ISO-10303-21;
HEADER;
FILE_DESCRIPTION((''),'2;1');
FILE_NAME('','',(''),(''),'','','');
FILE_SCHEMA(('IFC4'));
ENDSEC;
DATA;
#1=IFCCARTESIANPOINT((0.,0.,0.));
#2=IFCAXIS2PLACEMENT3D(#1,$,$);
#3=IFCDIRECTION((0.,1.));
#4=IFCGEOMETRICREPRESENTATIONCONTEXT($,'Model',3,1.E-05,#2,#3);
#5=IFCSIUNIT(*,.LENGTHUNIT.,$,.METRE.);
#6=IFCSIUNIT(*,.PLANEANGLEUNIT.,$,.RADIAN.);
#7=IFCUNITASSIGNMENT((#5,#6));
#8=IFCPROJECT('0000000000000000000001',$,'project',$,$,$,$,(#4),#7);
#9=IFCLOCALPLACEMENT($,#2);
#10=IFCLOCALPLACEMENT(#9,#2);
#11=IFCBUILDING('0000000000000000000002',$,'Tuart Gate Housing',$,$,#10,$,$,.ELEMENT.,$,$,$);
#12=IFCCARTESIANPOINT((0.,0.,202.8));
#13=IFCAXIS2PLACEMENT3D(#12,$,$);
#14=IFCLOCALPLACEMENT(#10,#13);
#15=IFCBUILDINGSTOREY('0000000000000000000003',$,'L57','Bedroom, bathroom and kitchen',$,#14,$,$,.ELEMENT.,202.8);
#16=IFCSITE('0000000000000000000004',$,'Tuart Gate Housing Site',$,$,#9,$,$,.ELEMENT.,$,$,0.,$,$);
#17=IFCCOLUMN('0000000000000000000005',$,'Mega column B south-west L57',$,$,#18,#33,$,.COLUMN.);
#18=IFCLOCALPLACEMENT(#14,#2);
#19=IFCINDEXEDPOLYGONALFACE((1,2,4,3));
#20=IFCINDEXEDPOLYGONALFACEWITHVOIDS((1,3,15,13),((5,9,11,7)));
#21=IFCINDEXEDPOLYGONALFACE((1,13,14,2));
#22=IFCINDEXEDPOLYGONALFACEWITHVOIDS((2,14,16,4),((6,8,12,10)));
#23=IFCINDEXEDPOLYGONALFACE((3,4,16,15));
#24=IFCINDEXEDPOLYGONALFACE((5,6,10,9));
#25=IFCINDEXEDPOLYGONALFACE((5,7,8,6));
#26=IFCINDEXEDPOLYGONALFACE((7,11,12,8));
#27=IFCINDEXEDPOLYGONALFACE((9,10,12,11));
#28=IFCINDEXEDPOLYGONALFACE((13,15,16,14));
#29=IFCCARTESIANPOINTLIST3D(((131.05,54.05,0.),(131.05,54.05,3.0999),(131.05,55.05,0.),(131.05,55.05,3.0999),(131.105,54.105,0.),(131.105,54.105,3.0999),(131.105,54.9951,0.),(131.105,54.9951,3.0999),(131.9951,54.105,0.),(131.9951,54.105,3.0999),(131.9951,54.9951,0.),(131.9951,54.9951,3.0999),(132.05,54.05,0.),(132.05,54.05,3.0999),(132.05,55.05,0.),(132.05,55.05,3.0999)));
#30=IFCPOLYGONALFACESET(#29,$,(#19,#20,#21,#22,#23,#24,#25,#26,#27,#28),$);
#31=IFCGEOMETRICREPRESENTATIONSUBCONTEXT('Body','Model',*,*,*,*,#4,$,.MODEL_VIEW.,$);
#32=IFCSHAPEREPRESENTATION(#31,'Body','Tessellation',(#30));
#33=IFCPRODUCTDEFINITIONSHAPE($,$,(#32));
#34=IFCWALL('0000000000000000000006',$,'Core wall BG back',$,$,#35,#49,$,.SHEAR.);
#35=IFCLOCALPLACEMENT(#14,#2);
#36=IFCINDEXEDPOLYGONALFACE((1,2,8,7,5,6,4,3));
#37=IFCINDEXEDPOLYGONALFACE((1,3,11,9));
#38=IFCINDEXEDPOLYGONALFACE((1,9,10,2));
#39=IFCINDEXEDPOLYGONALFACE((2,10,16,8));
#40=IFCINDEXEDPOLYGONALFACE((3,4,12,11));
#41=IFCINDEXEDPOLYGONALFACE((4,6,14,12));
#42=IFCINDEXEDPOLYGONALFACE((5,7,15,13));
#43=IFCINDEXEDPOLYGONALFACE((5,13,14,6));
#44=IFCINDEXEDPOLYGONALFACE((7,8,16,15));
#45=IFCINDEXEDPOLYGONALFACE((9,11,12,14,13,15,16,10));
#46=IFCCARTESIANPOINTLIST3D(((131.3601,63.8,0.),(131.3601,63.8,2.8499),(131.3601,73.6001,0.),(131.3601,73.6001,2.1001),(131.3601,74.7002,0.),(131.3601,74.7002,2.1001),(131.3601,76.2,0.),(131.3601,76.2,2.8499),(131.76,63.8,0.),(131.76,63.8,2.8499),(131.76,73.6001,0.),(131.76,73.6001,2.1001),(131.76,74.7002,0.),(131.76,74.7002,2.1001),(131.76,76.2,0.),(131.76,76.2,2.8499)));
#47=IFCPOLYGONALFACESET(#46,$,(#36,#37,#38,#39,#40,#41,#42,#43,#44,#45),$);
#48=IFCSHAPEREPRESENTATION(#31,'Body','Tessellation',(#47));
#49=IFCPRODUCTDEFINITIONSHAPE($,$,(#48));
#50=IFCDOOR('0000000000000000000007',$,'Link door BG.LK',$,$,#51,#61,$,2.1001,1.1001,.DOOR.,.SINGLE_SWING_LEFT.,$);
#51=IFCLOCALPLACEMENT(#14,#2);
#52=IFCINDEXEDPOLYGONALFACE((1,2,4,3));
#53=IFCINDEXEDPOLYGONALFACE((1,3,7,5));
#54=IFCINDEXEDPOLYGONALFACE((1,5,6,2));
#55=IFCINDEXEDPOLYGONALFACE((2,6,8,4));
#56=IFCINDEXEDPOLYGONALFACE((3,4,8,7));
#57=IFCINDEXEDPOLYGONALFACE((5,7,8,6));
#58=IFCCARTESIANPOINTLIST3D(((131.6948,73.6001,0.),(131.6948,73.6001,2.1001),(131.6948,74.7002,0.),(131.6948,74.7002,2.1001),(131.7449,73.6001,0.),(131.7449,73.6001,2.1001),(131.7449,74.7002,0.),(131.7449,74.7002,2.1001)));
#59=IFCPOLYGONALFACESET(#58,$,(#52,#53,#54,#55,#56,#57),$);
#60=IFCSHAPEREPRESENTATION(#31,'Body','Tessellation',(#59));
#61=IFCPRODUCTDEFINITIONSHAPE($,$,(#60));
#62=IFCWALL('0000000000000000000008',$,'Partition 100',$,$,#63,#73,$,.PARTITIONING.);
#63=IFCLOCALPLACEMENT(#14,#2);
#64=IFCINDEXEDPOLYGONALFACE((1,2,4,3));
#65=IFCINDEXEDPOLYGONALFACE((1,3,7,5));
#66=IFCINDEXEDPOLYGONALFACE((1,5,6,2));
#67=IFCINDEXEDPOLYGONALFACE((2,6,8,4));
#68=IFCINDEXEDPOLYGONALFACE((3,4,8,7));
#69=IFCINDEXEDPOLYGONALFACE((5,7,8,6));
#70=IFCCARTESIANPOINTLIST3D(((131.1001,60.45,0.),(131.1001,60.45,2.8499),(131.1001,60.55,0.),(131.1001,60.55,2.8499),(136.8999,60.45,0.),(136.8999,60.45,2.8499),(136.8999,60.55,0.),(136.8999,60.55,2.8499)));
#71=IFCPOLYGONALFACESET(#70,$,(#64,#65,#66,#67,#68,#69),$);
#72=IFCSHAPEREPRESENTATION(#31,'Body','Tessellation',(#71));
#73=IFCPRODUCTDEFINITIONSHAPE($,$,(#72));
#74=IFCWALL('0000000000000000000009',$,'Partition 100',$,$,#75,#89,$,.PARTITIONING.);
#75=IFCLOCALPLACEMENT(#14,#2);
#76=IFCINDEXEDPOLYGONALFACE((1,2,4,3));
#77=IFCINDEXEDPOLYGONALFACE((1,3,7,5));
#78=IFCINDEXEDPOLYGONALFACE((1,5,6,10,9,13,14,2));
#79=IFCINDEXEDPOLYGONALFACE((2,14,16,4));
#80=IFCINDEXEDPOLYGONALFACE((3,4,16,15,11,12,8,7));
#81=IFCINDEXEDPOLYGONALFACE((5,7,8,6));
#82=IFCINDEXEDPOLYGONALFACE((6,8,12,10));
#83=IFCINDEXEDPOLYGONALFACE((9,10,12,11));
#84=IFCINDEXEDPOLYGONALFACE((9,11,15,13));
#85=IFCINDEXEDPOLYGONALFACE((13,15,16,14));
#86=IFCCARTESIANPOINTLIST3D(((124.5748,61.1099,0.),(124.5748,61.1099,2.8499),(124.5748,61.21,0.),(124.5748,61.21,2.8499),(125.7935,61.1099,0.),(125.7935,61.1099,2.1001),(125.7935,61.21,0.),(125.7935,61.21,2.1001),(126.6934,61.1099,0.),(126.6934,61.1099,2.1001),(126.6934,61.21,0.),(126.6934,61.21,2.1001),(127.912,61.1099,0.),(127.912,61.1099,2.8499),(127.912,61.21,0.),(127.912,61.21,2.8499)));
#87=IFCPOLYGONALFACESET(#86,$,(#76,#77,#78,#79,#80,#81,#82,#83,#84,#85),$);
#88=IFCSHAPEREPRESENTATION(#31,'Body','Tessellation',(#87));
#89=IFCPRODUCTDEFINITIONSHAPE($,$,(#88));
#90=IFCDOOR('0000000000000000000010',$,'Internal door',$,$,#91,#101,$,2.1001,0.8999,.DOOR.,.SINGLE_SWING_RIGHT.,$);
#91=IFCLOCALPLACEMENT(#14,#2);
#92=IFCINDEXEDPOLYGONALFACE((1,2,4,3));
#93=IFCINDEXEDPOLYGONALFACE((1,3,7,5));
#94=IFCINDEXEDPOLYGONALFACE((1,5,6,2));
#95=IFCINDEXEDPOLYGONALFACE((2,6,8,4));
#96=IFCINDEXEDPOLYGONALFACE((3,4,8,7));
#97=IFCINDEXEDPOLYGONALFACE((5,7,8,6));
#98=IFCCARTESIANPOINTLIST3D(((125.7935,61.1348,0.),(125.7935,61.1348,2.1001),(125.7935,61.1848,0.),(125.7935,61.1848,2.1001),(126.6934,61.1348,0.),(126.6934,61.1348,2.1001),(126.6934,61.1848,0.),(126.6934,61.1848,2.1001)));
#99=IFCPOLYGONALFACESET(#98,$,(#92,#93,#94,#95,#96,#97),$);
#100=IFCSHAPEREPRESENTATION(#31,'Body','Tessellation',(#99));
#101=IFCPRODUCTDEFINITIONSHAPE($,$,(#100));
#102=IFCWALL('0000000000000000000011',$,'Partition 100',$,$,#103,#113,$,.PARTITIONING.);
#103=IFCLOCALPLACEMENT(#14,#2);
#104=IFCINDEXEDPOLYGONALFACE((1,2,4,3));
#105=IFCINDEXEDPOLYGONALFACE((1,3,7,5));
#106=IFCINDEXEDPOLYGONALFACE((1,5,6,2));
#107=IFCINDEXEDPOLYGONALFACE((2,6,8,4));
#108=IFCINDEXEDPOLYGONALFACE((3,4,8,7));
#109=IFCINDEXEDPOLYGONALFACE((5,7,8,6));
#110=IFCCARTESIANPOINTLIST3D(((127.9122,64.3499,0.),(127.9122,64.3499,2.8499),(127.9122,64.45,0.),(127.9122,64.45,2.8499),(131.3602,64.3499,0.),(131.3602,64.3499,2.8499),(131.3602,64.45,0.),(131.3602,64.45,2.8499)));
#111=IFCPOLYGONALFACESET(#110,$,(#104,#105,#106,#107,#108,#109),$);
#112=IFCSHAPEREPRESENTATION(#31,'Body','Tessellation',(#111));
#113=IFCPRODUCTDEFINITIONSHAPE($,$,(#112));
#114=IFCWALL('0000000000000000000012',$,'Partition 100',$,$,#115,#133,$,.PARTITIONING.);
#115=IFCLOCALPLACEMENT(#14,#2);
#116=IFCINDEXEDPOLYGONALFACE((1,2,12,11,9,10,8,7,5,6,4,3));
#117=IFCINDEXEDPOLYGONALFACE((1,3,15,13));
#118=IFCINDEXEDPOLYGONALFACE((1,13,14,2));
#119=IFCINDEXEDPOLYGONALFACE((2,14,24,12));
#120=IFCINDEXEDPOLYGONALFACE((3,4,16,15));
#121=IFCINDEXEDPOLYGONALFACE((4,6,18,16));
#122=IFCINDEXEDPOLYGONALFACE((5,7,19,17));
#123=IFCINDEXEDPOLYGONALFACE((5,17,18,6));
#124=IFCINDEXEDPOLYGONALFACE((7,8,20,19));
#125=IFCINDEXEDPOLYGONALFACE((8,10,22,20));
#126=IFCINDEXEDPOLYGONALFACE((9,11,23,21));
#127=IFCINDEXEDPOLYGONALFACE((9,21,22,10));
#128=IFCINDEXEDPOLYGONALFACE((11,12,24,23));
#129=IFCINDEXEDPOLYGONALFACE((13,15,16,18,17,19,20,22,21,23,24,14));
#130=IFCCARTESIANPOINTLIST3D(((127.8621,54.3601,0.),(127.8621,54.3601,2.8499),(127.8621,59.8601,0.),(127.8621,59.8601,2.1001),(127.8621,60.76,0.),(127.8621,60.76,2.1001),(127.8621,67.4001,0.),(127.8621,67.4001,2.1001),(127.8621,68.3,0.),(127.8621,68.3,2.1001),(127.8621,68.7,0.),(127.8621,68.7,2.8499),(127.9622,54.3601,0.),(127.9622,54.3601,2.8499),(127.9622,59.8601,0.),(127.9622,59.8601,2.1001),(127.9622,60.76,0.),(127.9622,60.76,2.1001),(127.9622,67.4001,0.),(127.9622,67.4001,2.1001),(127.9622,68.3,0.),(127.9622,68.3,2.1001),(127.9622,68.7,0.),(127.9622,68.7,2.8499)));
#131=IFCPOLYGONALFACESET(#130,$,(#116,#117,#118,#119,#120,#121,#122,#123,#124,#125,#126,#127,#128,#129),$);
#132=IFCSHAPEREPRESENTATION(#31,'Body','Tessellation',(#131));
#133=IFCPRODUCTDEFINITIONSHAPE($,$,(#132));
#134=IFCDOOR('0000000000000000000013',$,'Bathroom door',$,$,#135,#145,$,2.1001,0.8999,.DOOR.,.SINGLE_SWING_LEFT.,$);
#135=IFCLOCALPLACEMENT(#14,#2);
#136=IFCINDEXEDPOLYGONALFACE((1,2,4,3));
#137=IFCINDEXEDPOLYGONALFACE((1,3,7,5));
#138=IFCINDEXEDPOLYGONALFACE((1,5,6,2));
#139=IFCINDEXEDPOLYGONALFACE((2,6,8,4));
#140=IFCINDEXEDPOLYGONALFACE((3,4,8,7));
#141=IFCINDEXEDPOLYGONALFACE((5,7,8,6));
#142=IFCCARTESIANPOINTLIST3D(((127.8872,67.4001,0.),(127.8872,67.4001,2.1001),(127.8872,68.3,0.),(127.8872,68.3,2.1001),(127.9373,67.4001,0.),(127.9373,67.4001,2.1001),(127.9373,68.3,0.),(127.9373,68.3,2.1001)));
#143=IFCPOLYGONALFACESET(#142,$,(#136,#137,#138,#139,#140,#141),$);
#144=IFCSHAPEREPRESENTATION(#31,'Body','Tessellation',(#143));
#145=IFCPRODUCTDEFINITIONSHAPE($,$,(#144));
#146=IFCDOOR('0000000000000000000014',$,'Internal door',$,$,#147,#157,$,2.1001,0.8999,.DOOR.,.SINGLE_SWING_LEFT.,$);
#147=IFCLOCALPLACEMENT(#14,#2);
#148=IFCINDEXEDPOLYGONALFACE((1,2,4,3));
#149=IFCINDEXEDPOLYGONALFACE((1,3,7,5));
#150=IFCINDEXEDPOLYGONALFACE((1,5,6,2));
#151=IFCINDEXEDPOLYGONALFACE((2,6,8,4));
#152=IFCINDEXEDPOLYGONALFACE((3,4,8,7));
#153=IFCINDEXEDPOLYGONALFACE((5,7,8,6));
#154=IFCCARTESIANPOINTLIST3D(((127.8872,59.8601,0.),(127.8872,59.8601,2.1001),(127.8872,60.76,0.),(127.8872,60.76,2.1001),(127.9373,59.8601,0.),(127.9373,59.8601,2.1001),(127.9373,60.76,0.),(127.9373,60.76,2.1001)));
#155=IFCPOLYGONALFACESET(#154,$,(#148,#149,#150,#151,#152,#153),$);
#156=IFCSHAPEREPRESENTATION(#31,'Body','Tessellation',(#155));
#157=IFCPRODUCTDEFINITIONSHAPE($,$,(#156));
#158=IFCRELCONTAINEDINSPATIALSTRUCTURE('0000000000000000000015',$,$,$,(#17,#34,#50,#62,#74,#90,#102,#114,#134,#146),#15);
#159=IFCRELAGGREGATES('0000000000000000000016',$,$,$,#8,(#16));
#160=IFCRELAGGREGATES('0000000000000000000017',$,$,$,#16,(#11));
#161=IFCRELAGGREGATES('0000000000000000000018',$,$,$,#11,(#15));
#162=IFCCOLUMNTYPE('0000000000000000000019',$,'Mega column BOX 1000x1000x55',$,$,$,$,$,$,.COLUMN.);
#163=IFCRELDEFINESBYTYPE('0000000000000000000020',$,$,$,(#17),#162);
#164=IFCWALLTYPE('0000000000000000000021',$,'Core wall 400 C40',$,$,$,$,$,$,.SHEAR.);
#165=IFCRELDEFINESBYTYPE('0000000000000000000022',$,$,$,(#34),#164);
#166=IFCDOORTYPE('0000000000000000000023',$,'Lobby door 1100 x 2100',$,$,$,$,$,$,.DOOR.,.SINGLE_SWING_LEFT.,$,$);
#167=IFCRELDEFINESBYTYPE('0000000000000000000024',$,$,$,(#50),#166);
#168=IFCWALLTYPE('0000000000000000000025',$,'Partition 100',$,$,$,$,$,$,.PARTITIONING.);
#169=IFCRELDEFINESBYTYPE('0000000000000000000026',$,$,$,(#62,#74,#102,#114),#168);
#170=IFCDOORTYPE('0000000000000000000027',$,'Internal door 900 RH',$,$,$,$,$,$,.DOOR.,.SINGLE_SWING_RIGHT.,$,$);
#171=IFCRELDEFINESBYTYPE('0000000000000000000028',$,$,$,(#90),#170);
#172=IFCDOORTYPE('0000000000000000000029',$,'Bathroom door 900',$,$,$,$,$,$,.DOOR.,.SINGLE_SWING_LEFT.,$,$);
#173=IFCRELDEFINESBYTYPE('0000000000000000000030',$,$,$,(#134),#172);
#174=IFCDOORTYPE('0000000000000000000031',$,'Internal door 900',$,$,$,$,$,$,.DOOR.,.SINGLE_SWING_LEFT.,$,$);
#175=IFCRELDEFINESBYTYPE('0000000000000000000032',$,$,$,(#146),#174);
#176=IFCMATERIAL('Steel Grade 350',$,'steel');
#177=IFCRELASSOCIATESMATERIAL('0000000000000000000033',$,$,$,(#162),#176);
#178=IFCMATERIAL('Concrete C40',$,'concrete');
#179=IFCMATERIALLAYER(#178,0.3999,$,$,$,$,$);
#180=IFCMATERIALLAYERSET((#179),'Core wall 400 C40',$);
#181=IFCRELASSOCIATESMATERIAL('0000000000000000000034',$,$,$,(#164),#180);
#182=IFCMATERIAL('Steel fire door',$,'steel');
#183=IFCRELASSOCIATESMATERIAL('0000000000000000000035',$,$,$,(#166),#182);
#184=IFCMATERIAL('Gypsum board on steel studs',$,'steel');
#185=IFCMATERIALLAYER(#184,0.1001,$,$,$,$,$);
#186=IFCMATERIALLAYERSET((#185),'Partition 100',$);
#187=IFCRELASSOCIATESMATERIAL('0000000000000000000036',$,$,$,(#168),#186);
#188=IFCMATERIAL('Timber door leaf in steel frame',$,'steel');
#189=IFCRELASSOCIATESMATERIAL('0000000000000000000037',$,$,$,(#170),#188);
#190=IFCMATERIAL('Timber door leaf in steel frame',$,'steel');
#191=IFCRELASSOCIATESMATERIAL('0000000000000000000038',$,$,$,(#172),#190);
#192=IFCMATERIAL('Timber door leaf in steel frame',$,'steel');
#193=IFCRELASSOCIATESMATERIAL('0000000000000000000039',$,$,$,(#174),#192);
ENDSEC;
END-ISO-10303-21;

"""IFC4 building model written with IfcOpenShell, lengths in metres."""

from ifc_helpers import new_model, si_unit, direction, frame, frame_2d, origin, origin_2d, place, context, subcontext, project, spatial, rectangle, hollow_rectangle, extrude, material, layer, layer_set, material_profile, profile_set, type_object, element, fill, save


model = new_model("IFC4")

# Units and contexts
model_context = context("Model", 3, precision=1e-05, world=origin(), true_north=direction((0.0, 1.0)))
body_context = subcontext(model_context, "Body", "Model", "MODEL_VIEW")
ifc_project = project(units=[si_unit("LENGTHUNIT", "METRE"), si_unit("PLANEANGLEUNIT", "RADIAN")], contexts=[model_context])

# Site, building, storey
site_placement = place(None, origin())
site = spatial("IfcSite", under=ifc_project, at=site_placement, Name="Tuart Gate Housing Site", CompositionType="ELEMENT", RefElevation=0.0)
building_placement = place(site_placement, origin())
building = spatial("IfcBuilding", under=site, at=building_placement, Name="Tuart Gate Housing", CompositionType="ELEMENT")
storey_placement = place(building_placement, frame((0.0, 0.0, 202.8)))
storey = spatial("IfcBuildingStorey", under=building, at=storey_placement, Name="L57", Description="Bedroom, bathroom and kitchen", CompositionType="ELEMENT", Elevation=202.8)

# Column
ifc_material_1 = material(Name="Steel Grade 350", Category="steel")
ifc_material_profile = material_profile(ifc_material_1, hollow_rectangle(XDim=1.0, YDim=1.0, WallThickness=0.0549, at=origin_2d()), Name="BOX 1000x1000x55")
ifc_profile_set = profile_set([ifc_material_profile], Name="Steel Grade 350")
column_type = type_object("IfcColumnType", Name="Mega column BOX 1000x1000x55", PredefinedType="COLUMN", material=ifc_profile_set)
column_placement = place(storey_placement, frame((131.55, 54.55, 0.0), z_axis=(0.0, 0.0, 1.0), x_axis=(1.0, 0.0, 0.0)))
element("IfcColumn", 1, at=column_placement, inside=storey, type_object=column_type, Name="Mega column B south-west L57", PredefinedType="COLUMN", context=body_context, shape_type="SweptSolid", body=[
    extrude(hollow_rectangle(XDim=1.0, YDim=1.0, WallThickness=0.0549, at=origin_2d()), origin(), (0.0, 0.0, 1.0), 3.0999),
])

# Wall, opening, door
ifc_material_2 = material(Name="Concrete C40", Category="concrete")
ifc_layer_1 = layer(ifc_material_2, 0.3999)
ifc_layer_set_1 = layer_set([ifc_layer_1], Name="Core wall 400 C40")
wall_type_1 = type_object("IfcWallType", Name="Core wall 400 C40", PredefinedType="SHEAR", material=ifc_layer_set_1)
wall_1_placement = place(storey_placement, frame((131.5601, 63.8, 0.0), z_axis=(0.0, 0.0, 1.0), x_axis=(0.0, 1.0, 0.0)))
wall_1 = element("IfcWall", 2, at=wall_1_placement, inside=storey, type_object=wall_type_1, Name="Core wall BG back", PredefinedType="SHEAR", context=body_context, shape_type="SweptSolid", body=[
    extrude(rectangle(XDim=12.3999, YDim=0.3999, at=frame_2d((6.2, 0.0))), origin(), (0.0, 0.0, 1.0), 2.8499),
])
opening_1_placement = place(wall_1_placement, frame((9.8, 0.0, 0.0)))
opening_1 = element("IfcOpeningElement", 3, at=opening_1_placement, cuts=wall_1, PredefinedType="OPENING", context=body_context, shape_type="SweptSolid", body=[
    extrude(rectangle(XDim=1.1001, YDim=2.1001, at=frame_2d((0.55, 1.05))), frame((0.0, 0.21, 0.0), z_axis=(0.0, -1.0, 0.0), x_axis=(1.0, 0.0, 0.0)), (0.0, 0.0, 1.0), 0.4199),
])
ifc_material_3 = material(Name="Steel fire door", Category="steel")
door_type_1 = type_object("IfcDoorType", Name="Lobby door 1100 x 2100", OperationType="SINGLE_SWING_LEFT", PredefinedType="DOOR", material=ifc_material_3)
door_1_placement = place(opening_1_placement, frame((1.1001, 0.0, 0.0), z_axis=(0.0, 0.0, 1.0), x_axis=(-1.0, 0.0, 0.0)))
door_1 = element("IfcDoor", 4, at=door_1_placement, inside=storey, type_object=door_type_1, Name="Link door BG.LK", OperationType="SINGLE_SWING_LEFT", OverallHeight=2.1001, OverallWidth=1.1001, PredefinedType="DOOR", context=body_context, shape_type="SweptSolid", body=[
    extrude(rectangle(XDim=1.1001, YDim=2.1001, at=frame_2d((0.55, 1.05))), frame((0.0, 0.1848, 0.0), z_axis=(0.0, -1.0, 0.0), x_axis=(1.0, 0.0, 0.0)), (0.0, 0.0, 1.0), 0.05),
])
fill(opening_1, door_1)

# Wall
ifc_material_4 = material(Name="Gypsum board on steel studs", Category="steel")
ifc_layer_2 = layer(ifc_material_4, 0.1001)
ifc_layer_set_2 = layer_set([ifc_layer_2], Name="Partition 100")
wall_type_2 = type_object("IfcWallType", Name="Partition 100", PredefinedType="PARTITIONING", material=ifc_layer_set_2)
wall_2_placement = place(storey_placement, frame((131.1001, 60.5, 0.0), z_axis=(0.0, 0.0, 1.0), x_axis=(1.0, 0.0, 0.0)))
element("IfcWall", 5, at=wall_2_placement, inside=storey, type_object=wall_type_2, Name="Partition 100", PredefinedType="PARTITIONING", context=body_context, shape_type="SweptSolid", body=[
    extrude(rectangle(XDim=5.7998, YDim=0.1001, at=frame_2d((2.8999, 0.0))), origin(), (0.0, 0.0, 1.0), 2.8499),
])

# Wall, opening, door
wall_3_placement = place(storey_placement, frame((124.575, 61.1599, 0.0), z_axis=(0.0, 0.0, 1.0), x_axis=(1.0, 0.0, 0.0)))
wall_3 = element("IfcWall", 6, at=wall_3_placement, inside=storey, type_object=wall_type_2, Name="Partition 100", PredefinedType="PARTITIONING", context=body_context, shape_type="SweptSolid", body=[
    extrude(rectangle(XDim=3.3372, YDim=0.1001, at=frame_2d((1.6685, 0.0))), origin(), (0.0, 0.0, 1.0), 2.8499),
])
opening_2_placement = place(wall_3_placement, frame((1.2185, 0.0, 0.0)))
opening_2 = element("IfcOpeningElement", 7, at=opening_2_placement, cuts=wall_3, PredefinedType="OPENING", context=body_context, shape_type="SweptSolid", body=[
    extrude(rectangle(XDim=0.8999, YDim=2.1001, at=frame_2d((0.45, 1.05))), frame((0.0, 0.0601, 0.0), z_axis=(0.0, -1.0, 0.0), x_axis=(1.0, 0.0, 0.0)), (0.0, 0.0, 1.0), 0.1201),
])
ifc_material_5 = material(Name="Timber door leaf in steel frame", Category="steel")
door_type_2 = type_object("IfcDoorType", Name="Internal door 900 RH", OperationType="SINGLE_SWING_RIGHT", PredefinedType="DOOR", material=ifc_material_5)
door_2_placement = place(opening_2_placement, origin())
door_2 = element("IfcDoor", 8, at=door_2_placement, inside=storey, type_object=door_type_2, Name="Internal door", OperationType="SINGLE_SWING_RIGHT", OverallHeight=2.1001, OverallWidth=0.8999, PredefinedType="DOOR", context=body_context, shape_type="SweptSolid", body=[
    extrude(rectangle(XDim=0.8999, YDim=2.1001, at=frame_2d((0.45, 1.05))), frame((0.0, 0.0249, 0.0), z_axis=(0.0, -1.0, 0.0), x_axis=(1.0, 0.0, 0.0)), (0.0, 0.0, 1.0), 0.05),
])
fill(opening_2, door_2)

# Wall
wall_4_placement = place(storey_placement, frame((127.9121, 64.3999, 0.0), z_axis=(0.0, 0.0, 1.0), x_axis=(1.0, 0.0, 0.0)))
element("IfcWall", 9, at=wall_4_placement, inside=storey, type_object=wall_type_2, Name="Partition 100", PredefinedType="PARTITIONING", context=body_context, shape_type="SweptSolid", body=[
    extrude(rectangle(XDim=3.448, YDim=0.1001, at=frame_2d((1.7241, 0.0))), origin(), (0.0, 0.0, 1.0), 2.8499),
])

# Wall, openings, doors
wall_5_placement = place(storey_placement, frame((127.9121, 54.3601, 0.0), z_axis=(0.0, 0.0, 1.0), x_axis=(0.0, 1.0, 0.0)))
wall_5 = element("IfcWall", 10, at=wall_5_placement, inside=storey, type_object=wall_type_2, Name="Partition 100", PredefinedType="PARTITIONING", context=body_context, shape_type="SweptSolid", body=[
    extrude(rectangle(XDim=14.3398, YDim=0.1001, at=frame_2d((7.1699, 0.0))), origin(), (0.0, 0.0, 1.0), 2.8499),
])
opening_3_placement = place(wall_5_placement, frame((5.5, 0.0, 0.0)))
opening_3 = element("IfcOpeningElement", 11, at=opening_3_placement, cuts=wall_5, PredefinedType="OPENING", context=body_context, shape_type="SweptSolid", body=[
    extrude(rectangle(XDim=0.8999, YDim=2.1001, at=frame_2d((0.45, 1.05))), frame((0.0, 0.0601, 0.0), z_axis=(0.0, -1.0, 0.0), x_axis=(1.0, 0.0, 0.0)), (0.0, 0.0, 1.0), 0.1201),
])
opening_4_placement = place(wall_5_placement, frame((13.04, 0.0, 0.0)))
opening_4 = element("IfcOpeningElement", 12, at=opening_4_placement, cuts=wall_5, PredefinedType="OPENING", context=body_context, shape_type="SweptSolid", body=[
    extrude(rectangle(XDim=0.8999, YDim=2.1001, at=frame_2d((0.45, 1.05))), frame((0.0, 0.0601, 0.0), z_axis=(0.0, -1.0, 0.0), x_axis=(1.0, 0.0, 0.0)), (0.0, 0.0, 1.0), 0.1201),
])
ifc_material_6 = material(Name="Timber door leaf in steel frame", Category="steel")
door_type_3 = type_object("IfcDoorType", Name="Bathroom door 900", OperationType="SINGLE_SWING_LEFT", PredefinedType="DOOR", material=ifc_material_6)
door_3_placement = place(opening_4_placement, frame((0.8999, 0.0, 0.0), z_axis=(0.0, 0.0, 1.0), x_axis=(-1.0, 0.0, 0.0)))
door_3 = element("IfcDoor", 13, at=door_3_placement, inside=storey, type_object=door_type_3, Name="Bathroom door", OperationType="SINGLE_SWING_LEFT", OverallHeight=2.1001, OverallWidth=0.8999, PredefinedType="DOOR", context=body_context, shape_type="SweptSolid", body=[
    extrude(rectangle(XDim=0.8999, YDim=2.1001, at=frame_2d((0.45, 1.05))), frame((0.0, 0.0251, 0.0), z_axis=(0.0, -1.0, 0.0), x_axis=(1.0, 0.0, 0.0)), (0.0, 0.0, 1.0), 0.05),
])
fill(opening_4, door_3)
ifc_material_7 = material(Name="Timber door leaf in steel frame", Category="steel")
door_type_4 = type_object("IfcDoorType", Name="Internal door 900", OperationType="SINGLE_SWING_LEFT", PredefinedType="DOOR", material=ifc_material_7)
door_4_placement = place(opening_3_placement, frame((0.8999, 0.0, 0.0), z_axis=(0.0, 0.0, 1.0), x_axis=(-1.0, 0.0, 0.0)))
door_4 = element("IfcDoor", 14, at=door_4_placement, inside=storey, type_object=door_type_4, Name="Internal door", OperationType="SINGLE_SWING_LEFT", OverallHeight=2.1001, OverallWidth=0.8999, PredefinedType="DOOR", context=body_context, shape_type="SweptSolid", body=[
    extrude(rectangle(XDim=0.8999, YDim=2.1001, at=frame_2d((0.45, 1.05))), frame((0.0, 0.0251, 0.0), z_axis=(0.0, -1.0, 0.0), x_axis=(1.0, 0.0, 0.0)), (0.0, 0.0, 1.0), 0.05),
])
fill(opening_3, door_4)

save(model, "model.ifc")
